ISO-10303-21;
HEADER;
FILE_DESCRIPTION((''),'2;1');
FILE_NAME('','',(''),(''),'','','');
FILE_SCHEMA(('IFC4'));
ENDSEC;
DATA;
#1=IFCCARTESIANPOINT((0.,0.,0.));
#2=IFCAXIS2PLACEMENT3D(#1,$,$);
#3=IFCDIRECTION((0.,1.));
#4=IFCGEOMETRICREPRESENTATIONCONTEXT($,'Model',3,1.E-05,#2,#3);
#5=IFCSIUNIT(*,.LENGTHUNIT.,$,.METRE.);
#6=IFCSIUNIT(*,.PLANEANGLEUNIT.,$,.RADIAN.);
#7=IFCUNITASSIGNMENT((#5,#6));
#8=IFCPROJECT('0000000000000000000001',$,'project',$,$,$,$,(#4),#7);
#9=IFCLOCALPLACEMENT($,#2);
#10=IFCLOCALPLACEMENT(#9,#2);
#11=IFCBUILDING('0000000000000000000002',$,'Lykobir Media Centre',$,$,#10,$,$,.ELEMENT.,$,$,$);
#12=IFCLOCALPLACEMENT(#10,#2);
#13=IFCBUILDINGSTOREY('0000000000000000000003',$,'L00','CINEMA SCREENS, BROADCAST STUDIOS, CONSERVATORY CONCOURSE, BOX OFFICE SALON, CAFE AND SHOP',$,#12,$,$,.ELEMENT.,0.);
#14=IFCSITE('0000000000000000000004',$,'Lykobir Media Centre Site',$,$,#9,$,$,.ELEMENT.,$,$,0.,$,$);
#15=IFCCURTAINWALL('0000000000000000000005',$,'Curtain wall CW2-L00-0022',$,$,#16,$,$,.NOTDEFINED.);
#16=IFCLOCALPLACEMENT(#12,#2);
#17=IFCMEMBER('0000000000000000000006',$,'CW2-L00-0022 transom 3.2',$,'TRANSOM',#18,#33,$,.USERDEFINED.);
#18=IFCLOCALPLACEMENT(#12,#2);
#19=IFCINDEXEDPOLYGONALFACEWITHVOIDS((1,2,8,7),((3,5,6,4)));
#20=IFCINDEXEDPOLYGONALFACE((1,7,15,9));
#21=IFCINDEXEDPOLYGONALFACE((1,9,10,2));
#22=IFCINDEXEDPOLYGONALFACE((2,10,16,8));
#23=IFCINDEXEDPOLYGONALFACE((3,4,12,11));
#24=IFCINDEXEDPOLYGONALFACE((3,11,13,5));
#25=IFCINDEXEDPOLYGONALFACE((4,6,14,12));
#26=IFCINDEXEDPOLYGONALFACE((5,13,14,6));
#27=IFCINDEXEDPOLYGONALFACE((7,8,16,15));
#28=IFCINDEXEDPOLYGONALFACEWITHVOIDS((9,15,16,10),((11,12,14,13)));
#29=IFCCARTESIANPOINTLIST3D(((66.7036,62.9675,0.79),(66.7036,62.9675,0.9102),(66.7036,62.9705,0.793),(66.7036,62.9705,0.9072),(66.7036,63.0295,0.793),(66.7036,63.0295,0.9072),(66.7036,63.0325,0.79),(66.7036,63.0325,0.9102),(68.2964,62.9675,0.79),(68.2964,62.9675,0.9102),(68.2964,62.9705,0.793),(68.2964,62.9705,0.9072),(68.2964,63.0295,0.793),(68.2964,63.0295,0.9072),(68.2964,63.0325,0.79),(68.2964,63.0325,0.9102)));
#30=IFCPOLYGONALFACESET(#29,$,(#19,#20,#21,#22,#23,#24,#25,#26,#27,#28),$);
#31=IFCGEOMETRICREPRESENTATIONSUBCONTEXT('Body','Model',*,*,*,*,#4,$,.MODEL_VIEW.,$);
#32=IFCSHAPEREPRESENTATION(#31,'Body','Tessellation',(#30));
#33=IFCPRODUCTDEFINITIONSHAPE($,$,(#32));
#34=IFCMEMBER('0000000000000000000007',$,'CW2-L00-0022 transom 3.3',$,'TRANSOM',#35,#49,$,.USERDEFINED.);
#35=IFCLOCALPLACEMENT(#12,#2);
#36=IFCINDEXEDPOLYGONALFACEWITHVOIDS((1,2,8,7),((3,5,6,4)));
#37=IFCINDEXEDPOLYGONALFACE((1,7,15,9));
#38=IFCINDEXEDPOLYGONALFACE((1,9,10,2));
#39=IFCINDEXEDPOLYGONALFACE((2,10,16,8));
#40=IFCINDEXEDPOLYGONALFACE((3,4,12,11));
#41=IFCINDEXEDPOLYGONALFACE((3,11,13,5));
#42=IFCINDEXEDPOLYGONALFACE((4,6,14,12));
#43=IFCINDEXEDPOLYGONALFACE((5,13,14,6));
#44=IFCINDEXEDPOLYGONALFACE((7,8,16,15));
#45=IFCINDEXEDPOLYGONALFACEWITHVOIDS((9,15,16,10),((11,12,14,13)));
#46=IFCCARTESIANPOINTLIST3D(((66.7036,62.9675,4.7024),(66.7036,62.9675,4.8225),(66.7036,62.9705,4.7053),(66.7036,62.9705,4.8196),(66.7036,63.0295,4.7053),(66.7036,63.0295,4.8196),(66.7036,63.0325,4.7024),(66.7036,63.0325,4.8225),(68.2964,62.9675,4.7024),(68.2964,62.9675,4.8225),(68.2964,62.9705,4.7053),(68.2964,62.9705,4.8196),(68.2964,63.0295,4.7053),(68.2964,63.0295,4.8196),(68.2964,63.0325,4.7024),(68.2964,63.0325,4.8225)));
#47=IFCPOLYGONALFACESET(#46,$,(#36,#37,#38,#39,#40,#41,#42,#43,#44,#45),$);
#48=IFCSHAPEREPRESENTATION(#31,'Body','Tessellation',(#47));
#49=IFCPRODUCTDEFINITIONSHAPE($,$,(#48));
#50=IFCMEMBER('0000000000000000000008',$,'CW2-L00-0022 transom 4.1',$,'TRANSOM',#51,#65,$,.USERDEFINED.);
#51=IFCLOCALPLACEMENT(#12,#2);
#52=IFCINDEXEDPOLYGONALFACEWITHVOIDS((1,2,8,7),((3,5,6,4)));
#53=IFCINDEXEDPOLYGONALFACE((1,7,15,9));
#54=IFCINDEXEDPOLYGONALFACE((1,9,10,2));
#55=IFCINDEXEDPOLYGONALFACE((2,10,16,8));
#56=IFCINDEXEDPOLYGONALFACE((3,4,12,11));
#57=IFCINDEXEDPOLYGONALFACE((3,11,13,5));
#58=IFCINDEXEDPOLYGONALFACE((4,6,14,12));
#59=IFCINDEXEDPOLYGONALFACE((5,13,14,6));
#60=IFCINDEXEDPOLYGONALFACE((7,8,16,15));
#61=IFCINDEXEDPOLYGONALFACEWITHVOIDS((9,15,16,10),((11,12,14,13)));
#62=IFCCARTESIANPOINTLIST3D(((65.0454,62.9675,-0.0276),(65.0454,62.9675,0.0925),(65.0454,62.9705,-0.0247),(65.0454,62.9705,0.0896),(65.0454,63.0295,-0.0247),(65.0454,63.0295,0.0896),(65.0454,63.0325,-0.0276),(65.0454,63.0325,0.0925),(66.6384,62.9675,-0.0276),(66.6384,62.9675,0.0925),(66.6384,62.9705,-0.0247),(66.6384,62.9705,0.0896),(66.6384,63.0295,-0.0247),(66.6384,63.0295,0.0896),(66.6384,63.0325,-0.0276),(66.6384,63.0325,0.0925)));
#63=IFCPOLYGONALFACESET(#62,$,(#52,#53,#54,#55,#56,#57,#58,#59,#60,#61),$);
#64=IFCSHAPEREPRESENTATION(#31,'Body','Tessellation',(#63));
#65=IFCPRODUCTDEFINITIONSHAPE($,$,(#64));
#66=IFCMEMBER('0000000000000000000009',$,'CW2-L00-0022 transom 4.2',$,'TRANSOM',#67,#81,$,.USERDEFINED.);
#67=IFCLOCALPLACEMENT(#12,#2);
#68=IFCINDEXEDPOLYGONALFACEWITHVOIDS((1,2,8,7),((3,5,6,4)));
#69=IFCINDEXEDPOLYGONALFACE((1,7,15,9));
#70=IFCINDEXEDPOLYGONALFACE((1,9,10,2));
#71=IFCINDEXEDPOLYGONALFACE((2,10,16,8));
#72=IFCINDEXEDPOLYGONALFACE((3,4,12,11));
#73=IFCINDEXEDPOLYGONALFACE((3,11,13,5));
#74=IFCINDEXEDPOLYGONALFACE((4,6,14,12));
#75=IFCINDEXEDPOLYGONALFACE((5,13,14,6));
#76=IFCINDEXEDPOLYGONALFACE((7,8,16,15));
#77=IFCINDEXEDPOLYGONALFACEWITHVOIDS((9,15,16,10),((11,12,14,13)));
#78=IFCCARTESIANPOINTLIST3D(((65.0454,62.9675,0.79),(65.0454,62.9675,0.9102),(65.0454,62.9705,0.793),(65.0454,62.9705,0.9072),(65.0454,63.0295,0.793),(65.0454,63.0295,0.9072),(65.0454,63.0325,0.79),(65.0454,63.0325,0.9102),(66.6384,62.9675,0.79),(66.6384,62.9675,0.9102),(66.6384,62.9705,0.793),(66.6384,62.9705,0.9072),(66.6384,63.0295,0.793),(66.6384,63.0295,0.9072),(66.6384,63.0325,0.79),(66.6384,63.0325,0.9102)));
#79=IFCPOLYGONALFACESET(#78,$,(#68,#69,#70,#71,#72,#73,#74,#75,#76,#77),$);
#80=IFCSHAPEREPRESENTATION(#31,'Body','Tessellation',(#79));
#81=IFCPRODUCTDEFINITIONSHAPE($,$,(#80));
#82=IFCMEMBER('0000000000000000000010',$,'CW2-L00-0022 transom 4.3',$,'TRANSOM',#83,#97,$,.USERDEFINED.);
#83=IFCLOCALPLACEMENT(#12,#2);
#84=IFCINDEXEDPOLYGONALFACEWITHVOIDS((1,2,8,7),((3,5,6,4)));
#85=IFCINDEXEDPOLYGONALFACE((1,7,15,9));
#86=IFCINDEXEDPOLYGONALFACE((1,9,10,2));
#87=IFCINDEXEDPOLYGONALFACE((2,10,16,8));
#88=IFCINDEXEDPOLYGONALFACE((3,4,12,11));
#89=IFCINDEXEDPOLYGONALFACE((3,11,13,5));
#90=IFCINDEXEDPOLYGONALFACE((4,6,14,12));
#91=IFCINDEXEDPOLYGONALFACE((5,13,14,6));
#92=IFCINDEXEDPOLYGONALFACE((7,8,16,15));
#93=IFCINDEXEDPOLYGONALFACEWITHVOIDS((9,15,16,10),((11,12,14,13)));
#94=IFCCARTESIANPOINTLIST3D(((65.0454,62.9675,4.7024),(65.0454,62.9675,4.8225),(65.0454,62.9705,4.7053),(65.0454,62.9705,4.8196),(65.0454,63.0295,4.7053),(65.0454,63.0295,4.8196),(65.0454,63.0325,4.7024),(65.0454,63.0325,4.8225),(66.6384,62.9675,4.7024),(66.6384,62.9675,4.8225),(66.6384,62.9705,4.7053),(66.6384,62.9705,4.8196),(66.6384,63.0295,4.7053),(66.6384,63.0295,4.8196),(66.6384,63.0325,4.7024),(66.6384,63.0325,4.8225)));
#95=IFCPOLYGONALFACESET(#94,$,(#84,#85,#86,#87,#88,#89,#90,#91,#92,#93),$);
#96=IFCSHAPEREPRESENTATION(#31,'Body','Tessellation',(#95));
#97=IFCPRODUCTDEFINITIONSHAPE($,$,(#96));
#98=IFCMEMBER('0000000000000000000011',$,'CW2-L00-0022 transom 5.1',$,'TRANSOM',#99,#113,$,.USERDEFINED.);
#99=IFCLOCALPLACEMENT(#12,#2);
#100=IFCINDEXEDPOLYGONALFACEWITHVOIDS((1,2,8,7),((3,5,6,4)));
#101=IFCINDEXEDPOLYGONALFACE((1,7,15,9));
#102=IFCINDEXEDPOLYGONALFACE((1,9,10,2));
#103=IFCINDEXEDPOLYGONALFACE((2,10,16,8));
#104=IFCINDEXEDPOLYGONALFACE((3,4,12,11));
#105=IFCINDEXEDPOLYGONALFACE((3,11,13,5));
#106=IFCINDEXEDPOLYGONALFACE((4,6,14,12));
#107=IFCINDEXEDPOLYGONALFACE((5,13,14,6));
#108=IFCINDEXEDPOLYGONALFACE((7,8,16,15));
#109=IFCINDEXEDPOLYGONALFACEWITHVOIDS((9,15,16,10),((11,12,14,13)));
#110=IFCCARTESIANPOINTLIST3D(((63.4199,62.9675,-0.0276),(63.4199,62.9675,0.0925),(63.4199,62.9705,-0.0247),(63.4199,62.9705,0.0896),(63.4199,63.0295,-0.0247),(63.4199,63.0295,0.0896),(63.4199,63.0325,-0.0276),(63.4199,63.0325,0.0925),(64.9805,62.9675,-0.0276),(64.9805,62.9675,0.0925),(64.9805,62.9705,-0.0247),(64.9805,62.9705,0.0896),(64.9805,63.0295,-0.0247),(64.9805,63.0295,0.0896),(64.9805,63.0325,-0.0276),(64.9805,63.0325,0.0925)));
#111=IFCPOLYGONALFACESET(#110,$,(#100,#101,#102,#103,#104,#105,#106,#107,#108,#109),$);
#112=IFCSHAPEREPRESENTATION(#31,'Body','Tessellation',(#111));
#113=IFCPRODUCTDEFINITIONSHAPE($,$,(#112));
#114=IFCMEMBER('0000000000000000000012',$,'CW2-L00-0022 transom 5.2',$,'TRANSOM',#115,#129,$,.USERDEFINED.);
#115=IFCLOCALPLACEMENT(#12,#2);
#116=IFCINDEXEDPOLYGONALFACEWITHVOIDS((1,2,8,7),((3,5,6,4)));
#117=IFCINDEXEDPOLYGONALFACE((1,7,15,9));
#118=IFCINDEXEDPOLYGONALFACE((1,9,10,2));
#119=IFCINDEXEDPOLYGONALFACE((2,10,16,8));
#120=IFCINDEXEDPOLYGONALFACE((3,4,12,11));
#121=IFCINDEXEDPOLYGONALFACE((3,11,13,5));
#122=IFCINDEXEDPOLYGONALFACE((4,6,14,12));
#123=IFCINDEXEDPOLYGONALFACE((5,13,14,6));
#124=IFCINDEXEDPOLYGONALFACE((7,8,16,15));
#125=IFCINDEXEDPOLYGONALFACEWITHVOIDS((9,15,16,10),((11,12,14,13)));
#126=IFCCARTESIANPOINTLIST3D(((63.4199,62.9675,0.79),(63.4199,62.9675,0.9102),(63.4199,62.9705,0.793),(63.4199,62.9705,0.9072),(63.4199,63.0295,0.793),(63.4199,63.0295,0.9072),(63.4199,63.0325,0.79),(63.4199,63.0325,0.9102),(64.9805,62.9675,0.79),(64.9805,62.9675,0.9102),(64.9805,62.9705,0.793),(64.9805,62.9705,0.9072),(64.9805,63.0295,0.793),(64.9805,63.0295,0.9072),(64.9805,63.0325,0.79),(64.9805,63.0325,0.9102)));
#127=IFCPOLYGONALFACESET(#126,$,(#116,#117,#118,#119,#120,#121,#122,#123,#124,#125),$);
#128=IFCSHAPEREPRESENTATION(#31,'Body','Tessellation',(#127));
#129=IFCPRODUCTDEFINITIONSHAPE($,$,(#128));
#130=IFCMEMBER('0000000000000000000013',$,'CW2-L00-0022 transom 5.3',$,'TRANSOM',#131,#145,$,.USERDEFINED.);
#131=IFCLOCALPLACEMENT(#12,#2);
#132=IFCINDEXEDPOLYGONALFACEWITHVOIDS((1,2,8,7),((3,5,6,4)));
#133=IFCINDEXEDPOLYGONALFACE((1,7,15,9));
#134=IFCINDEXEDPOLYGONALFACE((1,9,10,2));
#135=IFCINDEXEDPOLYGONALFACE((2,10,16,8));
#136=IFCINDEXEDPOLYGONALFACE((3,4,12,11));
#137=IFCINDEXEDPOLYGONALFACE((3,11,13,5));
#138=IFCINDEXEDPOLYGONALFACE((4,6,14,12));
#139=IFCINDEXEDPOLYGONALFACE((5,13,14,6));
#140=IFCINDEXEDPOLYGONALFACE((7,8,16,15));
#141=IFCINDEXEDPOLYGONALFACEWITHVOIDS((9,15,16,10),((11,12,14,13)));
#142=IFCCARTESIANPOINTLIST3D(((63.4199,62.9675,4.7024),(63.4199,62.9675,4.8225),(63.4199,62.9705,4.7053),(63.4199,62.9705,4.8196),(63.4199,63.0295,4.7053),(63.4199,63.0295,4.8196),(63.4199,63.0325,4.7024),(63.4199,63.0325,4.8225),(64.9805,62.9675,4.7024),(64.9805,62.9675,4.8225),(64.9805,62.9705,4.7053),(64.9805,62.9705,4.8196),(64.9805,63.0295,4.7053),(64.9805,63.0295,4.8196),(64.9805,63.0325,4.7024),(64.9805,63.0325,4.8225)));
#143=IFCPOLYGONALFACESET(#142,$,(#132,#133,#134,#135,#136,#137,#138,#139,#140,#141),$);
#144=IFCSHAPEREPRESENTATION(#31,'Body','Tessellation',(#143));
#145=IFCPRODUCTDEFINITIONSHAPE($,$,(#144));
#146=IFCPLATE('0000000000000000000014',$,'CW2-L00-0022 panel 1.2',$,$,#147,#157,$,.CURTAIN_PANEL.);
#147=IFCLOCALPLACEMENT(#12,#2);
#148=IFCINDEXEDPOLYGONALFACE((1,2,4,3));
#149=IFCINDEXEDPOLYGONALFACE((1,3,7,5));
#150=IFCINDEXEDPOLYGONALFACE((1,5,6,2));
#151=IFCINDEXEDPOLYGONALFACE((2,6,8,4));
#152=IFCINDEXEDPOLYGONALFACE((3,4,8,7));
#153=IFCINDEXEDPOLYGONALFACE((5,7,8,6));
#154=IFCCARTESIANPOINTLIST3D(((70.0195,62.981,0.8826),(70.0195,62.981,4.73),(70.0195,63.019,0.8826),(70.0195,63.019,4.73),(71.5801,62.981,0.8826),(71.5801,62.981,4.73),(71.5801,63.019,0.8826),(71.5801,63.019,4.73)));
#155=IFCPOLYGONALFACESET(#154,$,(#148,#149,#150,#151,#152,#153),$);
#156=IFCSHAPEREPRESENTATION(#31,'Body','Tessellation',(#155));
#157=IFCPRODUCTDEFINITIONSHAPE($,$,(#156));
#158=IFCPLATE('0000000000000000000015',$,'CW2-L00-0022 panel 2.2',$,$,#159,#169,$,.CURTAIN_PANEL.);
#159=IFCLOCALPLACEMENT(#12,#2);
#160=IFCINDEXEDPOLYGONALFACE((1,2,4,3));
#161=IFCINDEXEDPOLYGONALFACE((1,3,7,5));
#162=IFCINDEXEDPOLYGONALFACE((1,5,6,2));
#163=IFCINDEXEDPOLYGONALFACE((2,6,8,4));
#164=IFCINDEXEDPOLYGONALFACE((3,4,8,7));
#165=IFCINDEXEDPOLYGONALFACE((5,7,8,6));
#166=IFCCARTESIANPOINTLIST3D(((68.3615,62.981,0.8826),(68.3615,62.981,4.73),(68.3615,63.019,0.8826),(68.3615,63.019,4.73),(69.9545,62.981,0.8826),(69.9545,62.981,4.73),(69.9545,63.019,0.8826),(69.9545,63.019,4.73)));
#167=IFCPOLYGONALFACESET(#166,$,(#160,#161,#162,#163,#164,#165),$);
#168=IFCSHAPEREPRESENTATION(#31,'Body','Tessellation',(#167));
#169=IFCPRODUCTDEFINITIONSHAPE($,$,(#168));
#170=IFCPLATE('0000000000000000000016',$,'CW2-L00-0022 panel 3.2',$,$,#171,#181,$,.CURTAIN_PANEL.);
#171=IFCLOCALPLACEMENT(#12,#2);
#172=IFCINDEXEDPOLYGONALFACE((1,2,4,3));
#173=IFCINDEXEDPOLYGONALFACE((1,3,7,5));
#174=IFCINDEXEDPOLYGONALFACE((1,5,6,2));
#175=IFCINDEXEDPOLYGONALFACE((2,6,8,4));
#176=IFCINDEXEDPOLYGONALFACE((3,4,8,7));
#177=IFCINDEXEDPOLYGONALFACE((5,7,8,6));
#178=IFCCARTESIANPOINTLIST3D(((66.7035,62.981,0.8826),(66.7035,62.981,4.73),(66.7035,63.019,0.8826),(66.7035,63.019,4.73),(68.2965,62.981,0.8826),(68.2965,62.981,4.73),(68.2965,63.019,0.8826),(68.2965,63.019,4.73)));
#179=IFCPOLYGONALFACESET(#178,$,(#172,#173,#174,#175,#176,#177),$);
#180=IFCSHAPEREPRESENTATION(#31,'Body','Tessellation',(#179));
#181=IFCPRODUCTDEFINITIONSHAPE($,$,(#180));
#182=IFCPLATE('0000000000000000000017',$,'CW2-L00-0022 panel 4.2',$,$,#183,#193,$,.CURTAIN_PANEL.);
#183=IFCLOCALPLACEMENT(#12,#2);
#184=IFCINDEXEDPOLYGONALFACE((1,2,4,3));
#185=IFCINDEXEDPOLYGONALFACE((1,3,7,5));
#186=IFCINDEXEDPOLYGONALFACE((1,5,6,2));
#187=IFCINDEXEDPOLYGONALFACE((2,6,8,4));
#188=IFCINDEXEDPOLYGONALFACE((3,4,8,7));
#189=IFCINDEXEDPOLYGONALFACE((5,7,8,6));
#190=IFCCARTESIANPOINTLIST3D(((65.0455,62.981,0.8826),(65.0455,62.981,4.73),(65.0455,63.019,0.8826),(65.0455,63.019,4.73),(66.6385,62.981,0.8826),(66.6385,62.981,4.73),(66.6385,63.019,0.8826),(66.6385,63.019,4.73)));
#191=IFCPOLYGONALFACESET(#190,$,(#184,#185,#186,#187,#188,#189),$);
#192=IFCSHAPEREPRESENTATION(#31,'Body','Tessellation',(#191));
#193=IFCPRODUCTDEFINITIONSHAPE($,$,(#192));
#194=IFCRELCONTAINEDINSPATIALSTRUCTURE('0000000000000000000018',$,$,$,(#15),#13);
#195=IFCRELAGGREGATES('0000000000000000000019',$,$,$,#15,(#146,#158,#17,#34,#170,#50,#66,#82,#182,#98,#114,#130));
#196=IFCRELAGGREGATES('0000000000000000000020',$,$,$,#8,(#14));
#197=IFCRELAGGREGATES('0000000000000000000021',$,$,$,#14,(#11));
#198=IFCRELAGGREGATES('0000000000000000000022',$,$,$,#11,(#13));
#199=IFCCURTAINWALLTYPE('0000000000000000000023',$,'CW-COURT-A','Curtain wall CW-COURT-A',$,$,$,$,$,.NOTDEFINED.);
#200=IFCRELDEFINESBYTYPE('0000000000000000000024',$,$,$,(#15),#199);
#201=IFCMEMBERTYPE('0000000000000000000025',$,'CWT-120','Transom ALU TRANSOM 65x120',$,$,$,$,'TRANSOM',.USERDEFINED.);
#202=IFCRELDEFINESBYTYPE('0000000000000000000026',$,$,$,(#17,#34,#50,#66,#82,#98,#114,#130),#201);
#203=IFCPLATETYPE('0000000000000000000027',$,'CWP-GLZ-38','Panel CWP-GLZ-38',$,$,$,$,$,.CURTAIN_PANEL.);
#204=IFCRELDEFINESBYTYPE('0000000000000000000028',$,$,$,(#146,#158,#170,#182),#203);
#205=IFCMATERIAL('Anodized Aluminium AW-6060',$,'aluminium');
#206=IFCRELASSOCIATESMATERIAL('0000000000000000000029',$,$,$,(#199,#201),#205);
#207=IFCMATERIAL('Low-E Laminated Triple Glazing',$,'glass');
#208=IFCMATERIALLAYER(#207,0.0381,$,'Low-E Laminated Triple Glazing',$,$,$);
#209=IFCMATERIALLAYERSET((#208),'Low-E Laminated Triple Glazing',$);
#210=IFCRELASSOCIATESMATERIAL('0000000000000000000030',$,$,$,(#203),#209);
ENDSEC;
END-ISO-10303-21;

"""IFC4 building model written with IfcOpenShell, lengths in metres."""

from ifc_helpers import new_model, si_unit, direction, frame, origin, origin_2d, place, context, subcontext, project, spatial, rectangle, hollow_rectangle, extrude, material, layer, layer_set, material_profile, profile_set, type_object, element, aggregate, save


model = new_model("IFC4")

# Units and contexts
model_context = context("Model", 3, precision=1e-05, world=origin(), true_north=direction((0.0, 1.0)))
body_context = subcontext(model_context, "Body", "Model", "MODEL_VIEW")
ifc_project = project(units=[si_unit("LENGTHUNIT", "METRE"), si_unit("PLANEANGLEUNIT", "RADIAN")], contexts=[model_context])

# Site, building, storey
site_placement = place(None, origin())
site = spatial("IfcSite", under=ifc_project, at=site_placement, Name="Lykobir Media Centre Site", CompositionType="ELEMENT", RefElevation=0.0)
building_placement = place(site_placement, origin())
building = spatial("IfcBuilding", under=site, at=building_placement, Name="Lykobir Media Centre", CompositionType="ELEMENT")
storey_placement = place(building_placement, origin())
storey = spatial("IfcBuildingStorey", under=building, at=storey_placement, Name="L00", Description="CINEMA SCREENS, BROADCAST STUDIOS, CONSERVATORY CONCOURSE, BOX OFFICE SALON, CAFE AND SHOP", CompositionType="ELEMENT", Elevation=0.0)

# Curtain wall, members, plates
ifc_material_1 = material(Name="Anodized Aluminium AW-6060", Category="aluminium")
curtain_wall_type = type_object("IfcCurtainWallType", Name="CW-COURT-A", Description="Curtain wall CW-COURT-A", PredefinedType="NOTDEFINED", material=ifc_material_1)
curtain_wall_placement = place(storey_placement, origin())
curtain_wall = element("IfcCurtainWall", 1, at=curtain_wall_placement, inside=storey, type_object=curtain_wall_type, Name="Curtain wall CW2-L00-0022", PredefinedType="NOTDEFINED")
ifc_material_profile_1 = material_profile(ifc_material_1, hollow_rectangle(XDim=0.0649, YDim=0.1201, WallThickness=0.0029, at=origin_2d()), Name="ALU TRANSOM 65x120")
ifc_profile_set_1 = profile_set([ifc_material_profile_1], Name="Anodized Aluminium AW-6060")
member_type_1 = type_object("IfcMemberType", Name="CWT-120", Description="Transom ALU TRANSOM 65x120", ElementType="TRANSOM", PredefinedType="USERDEFINED", material=ifc_profile_set_1)
member_1_placement = place(storey_placement, frame((68.2964, 63.0, 0.8501), z_axis=(-1.0, 0.0, 0.0), x_axis=(0.0, -1.0, 0.0)))
member_1 = element("IfcMember", 2, at=member_1_placement, type_object=member_type_1, Name="CW2-L00-0022 transom 3.2", ObjectType="TRANSOM", PredefinedType="USERDEFINED", context=body_context, shape_type="SweptSolid", body=[
    extrude(hollow_rectangle(XDim=0.0649, YDim=0.1201, WallThickness=0.0029, at=origin_2d()), origin(), (0.0, 0.0, 1.0), 1.5928),
])
member_2_placement = place(storey_placement, frame((68.2964, 63.0, 4.7625), z_axis=(-1.0, 0.0, 0.0), x_axis=(0.0, -1.0, 0.0)))
member_2 = element("IfcMember", 3, at=member_2_placement, type_object=member_type_1, Name="CW2-L00-0022 transom 3.3", ObjectType="TRANSOM", PredefinedType="USERDEFINED", context=body_context, shape_type="SweptSolid", body=[
    extrude(hollow_rectangle(XDim=0.0649, YDim=0.1201, WallThickness=0.0029, at=origin_2d()), origin(), (0.0, 0.0, 1.0), 1.5928),
])
member_3_placement = place(storey_placement, frame((66.6384, 63.0, 0.0325), z_axis=(-1.0, 0.0, 0.0), x_axis=(0.0, -1.0, 0.0)))
member_3 = element("IfcMember", 4, at=member_3_placement, type_object=member_type_1, Name="CW2-L00-0022 transom 4.1", ObjectType="TRANSOM", PredefinedType="USERDEFINED", context=body_context, shape_type="SweptSolid", body=[
    extrude(hollow_rectangle(XDim=0.0649, YDim=0.1201, WallThickness=0.0029, at=origin_2d()), origin(), (0.0, 0.0, 1.0), 1.593),
])
member_4_placement = place(storey_placement, frame((66.6384, 63.0, 0.8501), z_axis=(-1.0, 0.0, 0.0), x_axis=(0.0, -1.0, 0.0)))
member_4 = element("IfcMember", 5, at=member_4_placement, type_object=member_type_1, Name="CW2-L00-0022 transom 4.2", ObjectType="TRANSOM", PredefinedType="USERDEFINED", context=body_context, shape_type="SweptSolid", body=[
    extrude(hollow_rectangle(XDim=0.0649, YDim=0.1201, WallThickness=0.0029, at=origin_2d()), origin(), (0.0, 0.0, 1.0), 1.593),
])
member_5_placement = place(storey_placement, frame((66.6384, 63.0, 4.7625), z_axis=(-1.0, 0.0, 0.0), x_axis=(0.0, -1.0, 0.0)))
member_5 = element("IfcMember", 6, at=member_5_placement, type_object=member_type_1, Name="CW2-L00-0022 transom 4.3", ObjectType="TRANSOM", PredefinedType="USERDEFINED", context=body_context, shape_type="SweptSolid", body=[
    extrude(hollow_rectangle(XDim=0.0649, YDim=0.1201, WallThickness=0.0029, at=origin_2d()), origin(), (0.0, 0.0, 1.0), 1.593),
])
member_6_placement = place(storey_placement, frame((64.9805, 63.0, 0.0325), z_axis=(-1.0, 0.0, 0.0), x_axis=(0.0, -1.0, 0.0)))
member_6 = element("IfcMember", 7, at=member_6_placement, type_object=member_type_1, Name="CW2-L00-0022 transom 5.1", ObjectType="TRANSOM", PredefinedType="USERDEFINED", context=body_context, shape_type="SweptSolid", body=[
    extrude(hollow_rectangle(XDim=0.0649, YDim=0.1201, WallThickness=0.0029, at=origin_2d()), origin(), (0.0, 0.0, 1.0), 1.5605),
])
member_7_placement = place(storey_placement, frame((64.9805, 63.0, 0.8501), z_axis=(-1.0, 0.0, 0.0), x_axis=(0.0, -1.0, 0.0)))
member_7 = element("IfcMember", 8, at=member_7_placement, type_object=member_type_1, Name="CW2-L00-0022 transom 5.2", ObjectType="TRANSOM", PredefinedType="USERDEFINED", context=body_context, shape_type="SweptSolid", body=[
    extrude(hollow_rectangle(XDim=0.0649, YDim=0.1201, WallThickness=0.0029, at=origin_2d()), origin(), (0.0, 0.0, 1.0), 1.5605),
])
member_8_placement = place(storey_placement, frame((64.9805, 63.0, 4.7625), z_axis=(-1.0, 0.0, 0.0), x_axis=(0.0, -1.0, 0.0)))
member_8 = element("IfcMember", 9, at=member_8_placement, type_object=member_type_1, Name="CW2-L00-0022 transom 5.3", ObjectType="TRANSOM", PredefinedType="USERDEFINED", context=body_context, shape_type="SweptSolid", body=[
    extrude(hollow_rectangle(XDim=0.0649, YDim=0.1201, WallThickness=0.0029, at=origin_2d()), origin(), (0.0, 0.0, 1.0), 1.5605),
])
ifc_material_2 = material(Name="Low-E Laminated Triple Glazing", Category="glass")
ifc_layer_1 = layer(ifc_material_2, 0.0381, Name="Low-E Laminated Triple Glazing")
ifc_layer_set_1 = layer_set([ifc_layer_1], Name="Low-E Laminated Triple Glazing")
plate_type_1 = type_object("IfcPlateType", Name="CWP-GLZ-38", Description="Panel CWP-GLZ-38", PredefinedType="CURTAIN_PANEL", material=ifc_layer_set_1)
plate_1_placement = place(storey_placement, frame((70.7998, 63.0, 0.8826), z_axis=(0.0, 0.0, 1.0), x_axis=(-1.0, 0.0, 0.0)))
plate_1 = element("IfcPlate", 10, at=plate_1_placement, type_object=plate_type_1, Name="CW2-L00-0022 panel 1.2", PredefinedType="CURTAIN_PANEL", context=body_context, shape_type="SweptSolid", body=[
    extrude(rectangle(XDim=1.5605, YDim=0.0381, at=origin_2d()), origin(), (0.0, 0.0, 1.0), 3.8474),
])
plate_2_placement = place(storey_placement, frame((69.158, 63.0, 0.8826), z_axis=(0.0, 0.0, 1.0), x_axis=(-1.0, 0.0, 0.0)))
plate_2 = element("IfcPlate", 11, at=plate_2_placement, type_object=plate_type_1, Name="CW2-L00-0022 panel 2.2", PredefinedType="CURTAIN_PANEL", context=body_context, shape_type="SweptSolid", body=[
    extrude(rectangle(XDim=1.593, YDim=0.0381, at=origin_2d()), origin(), (0.0, 0.0, 1.0), 3.8474),
])
plate_3_placement = place(storey_placement, frame((67.5, 63.0, 0.8826), z_axis=(0.0, 0.0, 1.0), x_axis=(-1.0, 0.0, 0.0)))
plate_3 = element("IfcPlate", 12, at=plate_3_placement, type_object=plate_type_1, Name="CW2-L00-0022 panel 3.2", PredefinedType="CURTAIN_PANEL", context=body_context, shape_type="SweptSolid", body=[
    extrude(rectangle(XDim=1.593, YDim=0.0381, at=origin_2d()), origin(), (0.0, 0.0, 1.0), 3.8474),
])
plate_4_placement = place(storey_placement, frame((65.842, 63.0, 0.8826), z_axis=(0.0, 0.0, 1.0), x_axis=(-1.0, 0.0, 0.0)))
plate_4 = element("IfcPlate", 13, at=plate_4_placement, type_object=plate_type_1, Name="CW2-L00-0022 panel 4.2", PredefinedType="CURTAIN_PANEL", context=body_context, shape_type="SweptSolid", body=[
    extrude(rectangle(XDim=1.593, YDim=0.0381, at=origin_2d()), origin(), (0.0, 0.0, 1.0), 3.8474),
])
aggregate(curtain_wall, [plate_1, plate_2, member_1, member_2, plate_3, member_3, member_4, member_5, plate_4, member_6, member_7, member_8])

save(model, "model.ifc")
